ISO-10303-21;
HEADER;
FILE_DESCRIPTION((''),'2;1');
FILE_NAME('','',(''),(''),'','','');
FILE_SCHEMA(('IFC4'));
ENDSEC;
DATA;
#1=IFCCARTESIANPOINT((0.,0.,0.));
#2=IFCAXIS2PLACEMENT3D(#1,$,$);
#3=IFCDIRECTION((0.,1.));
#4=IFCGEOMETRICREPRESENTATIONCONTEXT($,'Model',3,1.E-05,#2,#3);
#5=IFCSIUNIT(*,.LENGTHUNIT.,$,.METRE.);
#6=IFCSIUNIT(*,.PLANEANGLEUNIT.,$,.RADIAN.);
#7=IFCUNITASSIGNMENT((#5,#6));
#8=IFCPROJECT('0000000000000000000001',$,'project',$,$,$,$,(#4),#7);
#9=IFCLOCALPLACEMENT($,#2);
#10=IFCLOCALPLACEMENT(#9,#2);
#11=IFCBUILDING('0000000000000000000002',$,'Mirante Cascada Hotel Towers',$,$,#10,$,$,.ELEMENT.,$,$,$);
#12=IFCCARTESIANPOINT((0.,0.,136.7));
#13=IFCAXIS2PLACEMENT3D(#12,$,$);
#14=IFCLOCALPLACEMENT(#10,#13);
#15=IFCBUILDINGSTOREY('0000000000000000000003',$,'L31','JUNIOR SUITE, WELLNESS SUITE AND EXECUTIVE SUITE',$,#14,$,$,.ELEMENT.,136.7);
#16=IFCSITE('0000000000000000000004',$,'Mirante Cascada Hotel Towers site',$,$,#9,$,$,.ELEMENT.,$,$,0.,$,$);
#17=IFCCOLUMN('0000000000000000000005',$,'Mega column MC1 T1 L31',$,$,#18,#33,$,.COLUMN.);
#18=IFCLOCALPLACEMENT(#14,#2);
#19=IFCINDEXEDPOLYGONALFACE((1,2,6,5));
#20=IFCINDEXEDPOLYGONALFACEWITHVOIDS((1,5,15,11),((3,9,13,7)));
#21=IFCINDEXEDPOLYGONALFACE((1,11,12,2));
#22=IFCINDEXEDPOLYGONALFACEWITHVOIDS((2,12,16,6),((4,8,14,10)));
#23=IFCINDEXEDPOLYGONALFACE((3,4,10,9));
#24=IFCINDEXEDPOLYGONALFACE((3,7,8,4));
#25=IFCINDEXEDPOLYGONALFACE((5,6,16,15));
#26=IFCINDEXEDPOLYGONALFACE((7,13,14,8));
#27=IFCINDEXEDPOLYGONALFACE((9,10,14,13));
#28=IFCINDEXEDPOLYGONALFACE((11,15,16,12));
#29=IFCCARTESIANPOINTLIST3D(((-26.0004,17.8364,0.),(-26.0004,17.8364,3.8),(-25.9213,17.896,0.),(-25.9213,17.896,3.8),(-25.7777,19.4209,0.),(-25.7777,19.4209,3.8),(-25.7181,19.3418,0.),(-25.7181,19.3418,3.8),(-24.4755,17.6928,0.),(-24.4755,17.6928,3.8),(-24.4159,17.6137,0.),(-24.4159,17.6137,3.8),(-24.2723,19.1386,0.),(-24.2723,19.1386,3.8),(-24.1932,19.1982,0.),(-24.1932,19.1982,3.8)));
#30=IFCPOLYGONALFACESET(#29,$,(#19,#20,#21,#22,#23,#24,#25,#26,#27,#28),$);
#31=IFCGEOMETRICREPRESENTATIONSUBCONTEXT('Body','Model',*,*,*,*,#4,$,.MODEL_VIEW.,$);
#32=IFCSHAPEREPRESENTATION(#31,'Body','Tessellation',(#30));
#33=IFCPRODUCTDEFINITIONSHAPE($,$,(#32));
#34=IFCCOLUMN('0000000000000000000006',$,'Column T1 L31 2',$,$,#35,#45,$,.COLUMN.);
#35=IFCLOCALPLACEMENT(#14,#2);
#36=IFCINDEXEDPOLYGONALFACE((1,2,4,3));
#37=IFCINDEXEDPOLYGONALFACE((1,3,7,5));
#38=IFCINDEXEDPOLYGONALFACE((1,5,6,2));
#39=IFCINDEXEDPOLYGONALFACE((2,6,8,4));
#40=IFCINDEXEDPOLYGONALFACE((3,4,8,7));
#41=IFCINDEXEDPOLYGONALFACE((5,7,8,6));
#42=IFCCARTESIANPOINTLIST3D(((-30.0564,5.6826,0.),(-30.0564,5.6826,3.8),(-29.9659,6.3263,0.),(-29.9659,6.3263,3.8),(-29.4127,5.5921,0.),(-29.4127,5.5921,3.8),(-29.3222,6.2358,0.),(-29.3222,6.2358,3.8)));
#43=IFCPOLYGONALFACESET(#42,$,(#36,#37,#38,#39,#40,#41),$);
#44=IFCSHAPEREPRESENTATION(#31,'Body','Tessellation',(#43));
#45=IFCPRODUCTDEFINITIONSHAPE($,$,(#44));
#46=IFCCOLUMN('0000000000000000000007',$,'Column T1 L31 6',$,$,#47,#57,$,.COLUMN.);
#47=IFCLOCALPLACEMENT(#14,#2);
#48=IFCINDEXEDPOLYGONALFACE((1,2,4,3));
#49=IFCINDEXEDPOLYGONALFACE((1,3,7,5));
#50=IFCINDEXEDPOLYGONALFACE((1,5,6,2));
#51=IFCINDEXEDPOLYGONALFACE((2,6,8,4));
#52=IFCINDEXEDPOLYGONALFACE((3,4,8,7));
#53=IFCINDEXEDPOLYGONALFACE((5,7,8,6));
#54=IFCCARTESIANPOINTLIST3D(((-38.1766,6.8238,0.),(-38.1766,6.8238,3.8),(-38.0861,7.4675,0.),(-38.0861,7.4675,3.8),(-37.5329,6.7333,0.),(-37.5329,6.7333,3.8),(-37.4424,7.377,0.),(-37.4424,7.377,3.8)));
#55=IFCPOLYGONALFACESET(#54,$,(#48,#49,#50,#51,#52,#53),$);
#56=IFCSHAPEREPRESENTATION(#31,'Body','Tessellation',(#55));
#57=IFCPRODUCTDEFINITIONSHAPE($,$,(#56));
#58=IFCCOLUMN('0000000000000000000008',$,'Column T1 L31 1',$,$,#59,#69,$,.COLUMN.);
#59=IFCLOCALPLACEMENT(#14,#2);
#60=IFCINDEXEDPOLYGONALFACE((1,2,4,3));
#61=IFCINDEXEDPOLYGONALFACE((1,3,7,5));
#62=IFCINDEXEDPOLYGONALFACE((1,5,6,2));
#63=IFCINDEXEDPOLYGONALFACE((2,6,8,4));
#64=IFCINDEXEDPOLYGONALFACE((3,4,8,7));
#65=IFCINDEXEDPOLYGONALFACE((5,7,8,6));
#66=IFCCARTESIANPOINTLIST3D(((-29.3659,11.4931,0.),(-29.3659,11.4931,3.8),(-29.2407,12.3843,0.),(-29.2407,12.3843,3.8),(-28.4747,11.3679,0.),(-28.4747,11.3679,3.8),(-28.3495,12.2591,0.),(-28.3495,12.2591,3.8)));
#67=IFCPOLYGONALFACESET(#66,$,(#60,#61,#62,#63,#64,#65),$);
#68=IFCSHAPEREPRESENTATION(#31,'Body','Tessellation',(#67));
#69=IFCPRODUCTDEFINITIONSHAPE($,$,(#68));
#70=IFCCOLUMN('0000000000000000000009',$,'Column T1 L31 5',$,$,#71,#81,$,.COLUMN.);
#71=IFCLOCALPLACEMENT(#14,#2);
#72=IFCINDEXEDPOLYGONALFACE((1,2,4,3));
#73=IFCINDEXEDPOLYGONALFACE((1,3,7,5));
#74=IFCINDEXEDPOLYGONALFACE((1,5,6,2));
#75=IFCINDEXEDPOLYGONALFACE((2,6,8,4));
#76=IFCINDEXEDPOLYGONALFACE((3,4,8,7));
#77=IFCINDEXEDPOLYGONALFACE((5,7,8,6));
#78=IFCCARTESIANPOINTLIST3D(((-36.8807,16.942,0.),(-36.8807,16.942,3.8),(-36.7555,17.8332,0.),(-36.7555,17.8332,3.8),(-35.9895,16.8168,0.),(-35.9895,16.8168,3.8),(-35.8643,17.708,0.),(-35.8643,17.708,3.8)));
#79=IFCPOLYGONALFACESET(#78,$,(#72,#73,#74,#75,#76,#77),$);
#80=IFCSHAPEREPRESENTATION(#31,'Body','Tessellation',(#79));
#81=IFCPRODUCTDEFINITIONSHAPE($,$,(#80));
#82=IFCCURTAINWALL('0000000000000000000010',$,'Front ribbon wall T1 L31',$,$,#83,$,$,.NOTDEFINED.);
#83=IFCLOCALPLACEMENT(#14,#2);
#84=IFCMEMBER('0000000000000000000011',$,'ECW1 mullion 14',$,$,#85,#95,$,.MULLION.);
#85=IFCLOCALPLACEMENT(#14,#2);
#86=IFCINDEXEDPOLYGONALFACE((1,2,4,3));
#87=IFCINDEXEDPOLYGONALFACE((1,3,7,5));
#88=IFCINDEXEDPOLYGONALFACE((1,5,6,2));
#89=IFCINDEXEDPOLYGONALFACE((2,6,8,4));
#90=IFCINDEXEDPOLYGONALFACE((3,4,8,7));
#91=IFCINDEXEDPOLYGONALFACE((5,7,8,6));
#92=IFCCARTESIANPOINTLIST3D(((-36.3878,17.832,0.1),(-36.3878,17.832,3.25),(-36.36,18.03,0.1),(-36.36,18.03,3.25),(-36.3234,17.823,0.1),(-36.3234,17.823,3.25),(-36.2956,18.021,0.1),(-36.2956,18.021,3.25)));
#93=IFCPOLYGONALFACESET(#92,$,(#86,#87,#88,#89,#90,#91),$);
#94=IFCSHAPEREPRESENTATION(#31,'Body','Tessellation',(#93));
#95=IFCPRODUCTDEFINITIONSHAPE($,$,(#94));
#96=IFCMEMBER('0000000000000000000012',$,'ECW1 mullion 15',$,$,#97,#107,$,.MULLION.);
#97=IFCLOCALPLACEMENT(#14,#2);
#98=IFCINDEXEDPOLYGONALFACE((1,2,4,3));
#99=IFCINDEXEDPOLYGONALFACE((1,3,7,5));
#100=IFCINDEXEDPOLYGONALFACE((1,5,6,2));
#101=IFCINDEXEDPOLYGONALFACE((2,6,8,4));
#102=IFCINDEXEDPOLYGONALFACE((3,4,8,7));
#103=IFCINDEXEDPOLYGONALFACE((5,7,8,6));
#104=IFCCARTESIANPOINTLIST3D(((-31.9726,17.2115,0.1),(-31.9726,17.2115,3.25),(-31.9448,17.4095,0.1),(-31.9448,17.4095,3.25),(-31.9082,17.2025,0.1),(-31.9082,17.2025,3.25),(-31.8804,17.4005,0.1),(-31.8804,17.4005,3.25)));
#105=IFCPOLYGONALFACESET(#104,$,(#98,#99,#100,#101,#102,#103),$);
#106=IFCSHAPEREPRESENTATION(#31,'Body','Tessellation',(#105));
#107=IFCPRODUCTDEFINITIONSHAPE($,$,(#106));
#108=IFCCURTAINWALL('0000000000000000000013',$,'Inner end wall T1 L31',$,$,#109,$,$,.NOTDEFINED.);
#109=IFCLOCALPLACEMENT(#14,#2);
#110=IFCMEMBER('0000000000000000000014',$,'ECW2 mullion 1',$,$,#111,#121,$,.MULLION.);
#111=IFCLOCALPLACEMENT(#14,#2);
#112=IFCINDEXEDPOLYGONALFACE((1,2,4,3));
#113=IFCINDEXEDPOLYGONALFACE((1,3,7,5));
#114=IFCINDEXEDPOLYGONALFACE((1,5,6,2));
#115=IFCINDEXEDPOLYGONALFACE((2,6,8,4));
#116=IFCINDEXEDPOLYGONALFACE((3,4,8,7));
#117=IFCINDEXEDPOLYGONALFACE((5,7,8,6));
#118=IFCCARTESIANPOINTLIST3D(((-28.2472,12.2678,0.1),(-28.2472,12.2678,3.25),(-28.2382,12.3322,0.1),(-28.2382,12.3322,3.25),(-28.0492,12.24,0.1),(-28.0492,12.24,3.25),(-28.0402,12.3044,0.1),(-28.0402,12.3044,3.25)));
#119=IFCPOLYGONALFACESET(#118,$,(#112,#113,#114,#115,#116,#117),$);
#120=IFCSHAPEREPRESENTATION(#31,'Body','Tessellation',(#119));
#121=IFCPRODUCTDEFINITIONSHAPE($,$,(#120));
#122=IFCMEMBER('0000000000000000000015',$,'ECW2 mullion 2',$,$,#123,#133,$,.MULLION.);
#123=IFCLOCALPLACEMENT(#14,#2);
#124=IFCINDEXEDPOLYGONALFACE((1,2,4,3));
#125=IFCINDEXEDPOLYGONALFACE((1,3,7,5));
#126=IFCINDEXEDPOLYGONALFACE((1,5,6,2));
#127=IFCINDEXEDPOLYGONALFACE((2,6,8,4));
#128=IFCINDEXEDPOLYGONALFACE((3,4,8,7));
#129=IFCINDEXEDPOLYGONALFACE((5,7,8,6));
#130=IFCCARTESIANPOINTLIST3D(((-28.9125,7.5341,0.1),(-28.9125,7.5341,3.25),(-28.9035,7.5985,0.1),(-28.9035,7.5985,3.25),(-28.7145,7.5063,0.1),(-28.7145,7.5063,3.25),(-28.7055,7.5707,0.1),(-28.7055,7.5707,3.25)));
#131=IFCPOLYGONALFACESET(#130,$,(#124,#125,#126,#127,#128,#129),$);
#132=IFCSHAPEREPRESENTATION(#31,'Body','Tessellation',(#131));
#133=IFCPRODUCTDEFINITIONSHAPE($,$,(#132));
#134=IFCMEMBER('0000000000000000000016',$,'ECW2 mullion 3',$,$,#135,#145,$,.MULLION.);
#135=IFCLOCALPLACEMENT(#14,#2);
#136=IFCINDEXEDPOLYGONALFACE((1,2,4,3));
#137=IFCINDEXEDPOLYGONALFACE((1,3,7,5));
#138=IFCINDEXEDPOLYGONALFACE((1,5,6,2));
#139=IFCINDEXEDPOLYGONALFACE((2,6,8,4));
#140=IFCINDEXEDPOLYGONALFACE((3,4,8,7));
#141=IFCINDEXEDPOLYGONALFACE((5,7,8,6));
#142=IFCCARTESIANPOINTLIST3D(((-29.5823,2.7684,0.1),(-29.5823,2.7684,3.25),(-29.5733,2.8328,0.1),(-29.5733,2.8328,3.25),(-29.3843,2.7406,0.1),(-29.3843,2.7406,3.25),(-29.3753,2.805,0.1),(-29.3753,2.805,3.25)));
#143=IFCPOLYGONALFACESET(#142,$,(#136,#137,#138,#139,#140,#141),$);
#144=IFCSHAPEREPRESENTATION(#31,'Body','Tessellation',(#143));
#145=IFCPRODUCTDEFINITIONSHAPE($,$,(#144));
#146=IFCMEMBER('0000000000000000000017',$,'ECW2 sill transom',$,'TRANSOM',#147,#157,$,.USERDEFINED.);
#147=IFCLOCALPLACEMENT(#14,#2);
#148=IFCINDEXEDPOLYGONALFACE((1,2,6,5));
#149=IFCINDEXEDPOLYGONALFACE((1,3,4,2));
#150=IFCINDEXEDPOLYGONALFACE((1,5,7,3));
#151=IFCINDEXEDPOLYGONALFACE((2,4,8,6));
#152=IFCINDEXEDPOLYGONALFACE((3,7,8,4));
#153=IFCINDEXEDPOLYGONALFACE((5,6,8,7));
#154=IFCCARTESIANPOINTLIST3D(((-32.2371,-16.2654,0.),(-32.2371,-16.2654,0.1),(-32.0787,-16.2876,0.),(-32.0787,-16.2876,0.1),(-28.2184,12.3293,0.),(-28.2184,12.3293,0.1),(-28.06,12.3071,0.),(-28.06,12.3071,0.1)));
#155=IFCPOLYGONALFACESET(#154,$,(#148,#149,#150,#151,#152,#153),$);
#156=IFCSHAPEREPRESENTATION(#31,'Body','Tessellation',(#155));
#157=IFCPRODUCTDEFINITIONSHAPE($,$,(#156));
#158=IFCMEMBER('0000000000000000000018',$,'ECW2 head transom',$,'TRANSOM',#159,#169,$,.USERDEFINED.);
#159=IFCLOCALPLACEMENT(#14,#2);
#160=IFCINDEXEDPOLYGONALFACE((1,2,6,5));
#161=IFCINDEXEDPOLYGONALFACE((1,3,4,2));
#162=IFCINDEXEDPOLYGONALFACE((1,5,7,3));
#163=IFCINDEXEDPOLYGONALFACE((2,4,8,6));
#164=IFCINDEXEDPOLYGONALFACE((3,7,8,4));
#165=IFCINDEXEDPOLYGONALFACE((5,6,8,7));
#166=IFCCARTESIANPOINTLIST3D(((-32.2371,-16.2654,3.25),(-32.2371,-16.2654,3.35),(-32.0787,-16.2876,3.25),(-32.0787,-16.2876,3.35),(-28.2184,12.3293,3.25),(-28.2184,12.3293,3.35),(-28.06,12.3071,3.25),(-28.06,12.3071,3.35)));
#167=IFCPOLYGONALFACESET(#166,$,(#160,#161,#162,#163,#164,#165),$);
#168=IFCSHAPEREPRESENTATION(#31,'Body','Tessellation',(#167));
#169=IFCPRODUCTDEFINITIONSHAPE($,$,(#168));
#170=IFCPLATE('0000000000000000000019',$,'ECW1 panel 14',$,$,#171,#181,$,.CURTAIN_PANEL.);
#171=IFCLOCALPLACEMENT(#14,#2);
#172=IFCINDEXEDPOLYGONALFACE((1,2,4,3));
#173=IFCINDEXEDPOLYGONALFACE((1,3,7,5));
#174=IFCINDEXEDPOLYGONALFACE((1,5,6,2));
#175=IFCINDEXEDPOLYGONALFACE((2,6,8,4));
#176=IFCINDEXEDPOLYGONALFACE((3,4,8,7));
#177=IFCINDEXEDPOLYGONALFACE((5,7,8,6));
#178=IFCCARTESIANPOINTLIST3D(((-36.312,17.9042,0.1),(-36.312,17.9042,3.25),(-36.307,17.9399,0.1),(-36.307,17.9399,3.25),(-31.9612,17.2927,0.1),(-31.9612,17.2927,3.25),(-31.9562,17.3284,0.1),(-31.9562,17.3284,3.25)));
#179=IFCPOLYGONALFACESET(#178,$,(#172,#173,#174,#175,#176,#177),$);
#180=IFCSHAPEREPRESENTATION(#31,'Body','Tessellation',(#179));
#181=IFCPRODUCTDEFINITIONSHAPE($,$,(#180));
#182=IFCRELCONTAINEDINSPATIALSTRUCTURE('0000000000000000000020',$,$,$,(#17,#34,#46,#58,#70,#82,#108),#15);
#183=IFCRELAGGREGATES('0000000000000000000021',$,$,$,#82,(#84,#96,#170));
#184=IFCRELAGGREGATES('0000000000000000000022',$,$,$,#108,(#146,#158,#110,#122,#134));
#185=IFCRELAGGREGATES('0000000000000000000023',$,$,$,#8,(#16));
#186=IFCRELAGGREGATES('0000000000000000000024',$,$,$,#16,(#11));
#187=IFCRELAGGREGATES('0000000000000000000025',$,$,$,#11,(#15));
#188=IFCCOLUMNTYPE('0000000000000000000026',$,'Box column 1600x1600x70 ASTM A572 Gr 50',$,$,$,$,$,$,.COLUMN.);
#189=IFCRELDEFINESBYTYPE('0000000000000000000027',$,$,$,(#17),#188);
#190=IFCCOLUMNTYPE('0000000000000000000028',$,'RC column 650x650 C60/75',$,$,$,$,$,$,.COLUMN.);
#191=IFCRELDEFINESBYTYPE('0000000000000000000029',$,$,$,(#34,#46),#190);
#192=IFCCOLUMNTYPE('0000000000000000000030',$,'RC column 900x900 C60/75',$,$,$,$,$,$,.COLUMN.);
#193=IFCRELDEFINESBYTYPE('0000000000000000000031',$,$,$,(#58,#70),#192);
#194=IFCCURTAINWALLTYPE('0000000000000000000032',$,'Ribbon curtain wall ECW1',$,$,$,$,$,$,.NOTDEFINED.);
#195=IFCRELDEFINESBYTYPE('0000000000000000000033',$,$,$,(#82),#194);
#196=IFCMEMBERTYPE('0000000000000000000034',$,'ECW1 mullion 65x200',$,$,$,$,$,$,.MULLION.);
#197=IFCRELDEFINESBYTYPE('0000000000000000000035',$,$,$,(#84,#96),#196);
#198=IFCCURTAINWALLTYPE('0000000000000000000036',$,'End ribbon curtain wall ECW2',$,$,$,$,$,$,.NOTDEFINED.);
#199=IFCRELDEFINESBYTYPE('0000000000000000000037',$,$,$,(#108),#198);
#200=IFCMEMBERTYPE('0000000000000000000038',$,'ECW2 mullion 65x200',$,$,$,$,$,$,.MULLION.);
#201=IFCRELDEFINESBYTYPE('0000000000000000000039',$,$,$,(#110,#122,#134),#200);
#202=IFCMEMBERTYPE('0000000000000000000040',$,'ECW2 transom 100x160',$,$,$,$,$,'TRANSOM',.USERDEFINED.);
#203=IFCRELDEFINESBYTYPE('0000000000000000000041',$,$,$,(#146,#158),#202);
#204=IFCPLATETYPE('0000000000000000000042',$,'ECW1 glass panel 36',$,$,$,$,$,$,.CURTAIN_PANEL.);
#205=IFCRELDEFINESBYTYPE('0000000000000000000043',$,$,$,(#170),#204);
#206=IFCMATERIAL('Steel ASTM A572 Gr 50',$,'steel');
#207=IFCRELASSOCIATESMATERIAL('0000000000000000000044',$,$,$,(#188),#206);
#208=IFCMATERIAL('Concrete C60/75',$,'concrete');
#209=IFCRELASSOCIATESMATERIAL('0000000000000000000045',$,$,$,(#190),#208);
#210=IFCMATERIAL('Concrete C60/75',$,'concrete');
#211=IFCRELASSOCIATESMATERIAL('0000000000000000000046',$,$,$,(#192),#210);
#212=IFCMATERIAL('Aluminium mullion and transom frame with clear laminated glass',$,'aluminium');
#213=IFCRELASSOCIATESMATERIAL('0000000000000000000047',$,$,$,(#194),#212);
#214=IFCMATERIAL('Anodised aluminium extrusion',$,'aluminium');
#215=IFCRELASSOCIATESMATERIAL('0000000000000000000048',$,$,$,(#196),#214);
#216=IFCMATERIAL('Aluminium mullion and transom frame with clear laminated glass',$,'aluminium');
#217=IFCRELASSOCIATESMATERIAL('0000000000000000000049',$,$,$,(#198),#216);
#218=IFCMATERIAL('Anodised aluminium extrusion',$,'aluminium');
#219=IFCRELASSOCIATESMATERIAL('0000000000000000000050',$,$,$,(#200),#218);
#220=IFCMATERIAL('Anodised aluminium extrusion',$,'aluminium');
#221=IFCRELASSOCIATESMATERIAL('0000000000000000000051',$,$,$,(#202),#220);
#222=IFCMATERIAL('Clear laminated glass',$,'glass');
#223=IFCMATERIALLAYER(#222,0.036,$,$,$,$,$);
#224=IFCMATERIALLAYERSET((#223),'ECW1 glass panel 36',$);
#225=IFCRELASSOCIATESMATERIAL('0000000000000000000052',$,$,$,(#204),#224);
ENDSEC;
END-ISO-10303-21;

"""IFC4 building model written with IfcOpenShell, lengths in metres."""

from ifc_helpers import new_model, si_unit, direction, frame, origin, origin_2d, place, context, subcontext, project, spatial, rectangle, hollow_rectangle, extrude, material, layer, layer_set, material_profile, profile_set, type_object, element, aggregate, save


model = new_model("IFC4")

# Units and contexts
model_context = context("Model", 3, precision=1e-05, world=origin(), true_north=direction((0.0, 1.0)))
body_context = subcontext(model_context, "Body", "Model", "MODEL_VIEW")
ifc_project = project(units=[si_unit("LENGTHUNIT", "METRE"), si_unit("PLANEANGLEUNIT", "RADIAN")], contexts=[model_context])

# Site, building, storey
site_placement = place(None, origin())
site = spatial("IfcSite", under=ifc_project, at=site_placement, Name="Mirante Cascada Hotel Towers site", CompositionType="ELEMENT", RefElevation=0.0)
building_placement = place(site_placement, origin())
building = spatial("IfcBuilding", under=site, at=building_placement, Name="Mirante Cascada Hotel Towers", CompositionType="ELEMENT")
storey_placement = place(building_placement, frame((0.0, 0.0, 136.7)))
storey = spatial("IfcBuildingStorey", under=building, at=storey_placement, Name="L31", Description="JUNIOR SUITE, WELLNESS SUITE AND EXECUTIVE SUITE", CompositionType="ELEMENT", Elevation=136.7)

# Columns
ifc_material_1 = material(Name="Steel ASTM A572 Gr 50", Category="steel")
ifc_material_profile_1 = material_profile(ifc_material_1, hollow_rectangle(XDim=1.6, YDim=1.6, WallThickness=0.07, at=origin_2d()), Name="Box column 1600x1600x70 ASTM A572 Gr 50")
ifc_profile_set_1 = profile_set([ifc_material_profile_1], Name="Steel ASTM A572 Gr 50")
column_type_1 = type_object("IfcColumnType", Name="Box column 1600x1600x70 ASTM A572 Gr 50", PredefinedType="COLUMN", material=ifc_profile_set_1)
column_placement = place(storey_placement, frame((-25.0968, 18.5173, 0.0), z_axis=(0.0, 0.0, 1.0), x_axis=(-0.990268, 0.139173, 0.0)))
element("IfcColumn", 1, at=column_placement, inside=storey, type_object=column_type_1, Name="Mega column MC1 T1 L31", PredefinedType="COLUMN", context=body_context, shape_type="SweptSolid", body=[
    extrude(hollow_rectangle(XDim=1.6, YDim=1.6, WallThickness=0.07, at=origin_2d()), origin(), (0.0, 0.0, 1.0), 3.8),
])
ifc_material_2 = material(Name="Concrete C60/75", Category="concrete")
ifc_material_profile_2 = material_profile(ifc_material_2, rectangle(XDim=0.65, YDim=0.65, at=origin_2d()), Name="RC column 650x650 C60/75")
ifc_profile_set_2 = profile_set([ifc_material_profile_2], Name="Concrete C60/75")
column_type_2 = type_object("IfcColumnType", Name="RC column 650x650 C60/75", PredefinedType="COLUMN", material=ifc_profile_set_2)
for number, where, z_axis, x_axis, name in (
    (2, (-29.6893, 5.9592, 0.0), (0.0, 0.0, 1.0), (-0.990268, 0.139173, 0.0), "Column T1 L31 2"),
    (3, (-37.8095, 7.1004, 0.0), (0.0, 0.0, 1.0), (-0.990268, 0.139173, 0.0), "Column T1 L31 6"),
):
    element("IfcColumn", number, at=place(storey_placement, frame(where, z_axis=z_axis, x_axis=x_axis)), inside=storey, type_object=column_type_2, Name=name, PredefinedType="COLUMN", context=body_context, shape_type="SweptSolid", body=[
        extrude(rectangle(XDim=0.65, YDim=0.65, at=origin_2d()), origin(), (0.0, 0.0, 1.0), 3.8),
    ])
ifc_material_3 = material(Name="Concrete C60/75", Category="concrete")
ifc_material_profile_3 = material_profile(ifc_material_3, rectangle(XDim=0.9, YDim=0.9, at=origin_2d()), Name="RC column 900x900 C60/75")
ifc_profile_set_3 = profile_set([ifc_material_profile_3], Name="Concrete C60/75")
column_type_3 = type_object("IfcColumnType", Name="RC column 900x900 C60/75", PredefinedType="COLUMN", material=ifc_profile_set_3)
for number, where, z_axis, x_axis, name in (
    (4, (-28.8577, 11.8761, 0.0), (0.0, 0.0, 1.0), (-0.990268, 0.139173, 0.0), "Column T1 L31 1"),
    (5, (-36.3725, 17.325, 0.0), (0.0, 0.0, 1.0), (-0.990268, 0.139173, 0.0), "Column T1 L31 5"),
):
    element("IfcColumn", number, at=place(storey_placement, frame(where, z_axis=z_axis, x_axis=x_axis)), inside=storey, type_object=column_type_3, Name=name, PredefinedType="COLUMN", context=body_context, shape_type="SweptSolid", body=[
        extrude(rectangle(XDim=0.9, YDim=0.9, at=origin_2d()), origin(), (0.0, 0.0, 1.0), 3.8),
    ])

# Curtain walls, members
ifc_material_4 = material(Name="Aluminium mullion and transom frame with clear laminated glass", Category="aluminium")
curtain_wall_type_1 = type_object("IfcCurtainWallType", Name="Ribbon curtain wall ECW1", PredefinedType="NOTDEFINED", material=ifc_material_4)
curtain_wall_1_placement = place(storey_placement, origin())
curtain_wall_1 = element("IfcCurtainWall", 6, at=curtain_wall_1_placement, inside=storey, type_object=curtain_wall_type_1, Name="Front ribbon wall T1 L31", PredefinedType="NOTDEFINED")
ifc_material_5 = material(Name="Anodised aluminium extrusion", Category="aluminium")
ifc_material_profile_4 = material_profile(ifc_material_5, rectangle(XDim=0.2, YDim=0.065, at=origin_2d()), Name="ECW1 MULLION 65x200")
ifc_profile_set_4 = profile_set([ifc_material_profile_4], Name="Anodised aluminium extrusion")
member_type_1 = type_object("IfcMemberType", Name="ECW1 mullion 65x200", PredefinedType="MULLION", material=ifc_profile_set_4)
member_1_placement = place(storey_placement, frame((-36.3417, 17.9265, 0.1), z_axis=(0.0, 0.0, 1.0), x_axis=(0.139173, 0.990268, 0.0)))
member_1 = element("IfcMember", 7, at=member_1_placement, type_object=member_type_1, Name="ECW1 mullion 14", PredefinedType="MULLION", context=body_context, shape_type="SweptSolid", body=[
    extrude(rectangle(XDim=0.2, YDim=0.065, at=origin_2d()), origin(), (0.0, 0.0, 1.0), 3.15),
])
member_2_placement = place(storey_placement, frame((-31.9265, 17.306, 0.1), z_axis=(0.0, 0.0, 1.0), x_axis=(0.139173, 0.990268, 0.0)))
member_2 = element("IfcMember", 8, at=member_2_placement, type_object=member_type_1, Name="ECW1 mullion 15", PredefinedType="MULLION", context=body_context, shape_type="SweptSolid", body=[
    extrude(rectangle(XDim=0.2, YDim=0.065, at=origin_2d()), origin(), (0.0, 0.0, 1.0), 3.15),
])
ifc_material_6 = material(Name="Aluminium mullion and transom frame with clear laminated glass", Category="aluminium")
curtain_wall_type_2 = type_object("IfcCurtainWallType", Name="End ribbon curtain wall ECW2", PredefinedType="NOTDEFINED", material=ifc_material_6)
curtain_wall_2_placement = place(storey_placement, origin())
curtain_wall_2 = element("IfcCurtainWall", 9, at=curtain_wall_2_placement, inside=storey, type_object=curtain_wall_type_2, Name="Inner end wall T1 L31", PredefinedType="NOTDEFINED")
ifc_material_7 = material(Name="Anodised aluminium extrusion", Category="aluminium")
ifc_material_profile_5 = material_profile(ifc_material_7, rectangle(XDim=0.2, YDim=0.065, at=origin_2d()), Name="ECW2 MULLION 65x200")
ifc_profile_set_5 = profile_set([ifc_material_profile_5], Name="Anodised aluminium extrusion")
member_type_2 = type_object("IfcMemberType", Name="ECW2 mullion 65x200", PredefinedType="MULLION", material=ifc_profile_set_5)
member_3_placement = place(storey_placement, frame((-28.1437, 12.2861, 0.1), z_axis=(0.0, 0.0, 1.0), x_axis=(0.990268, -0.139173, 0.0)))
member_3 = element("IfcMember", 10, at=member_3_placement, type_object=member_type_2, Name="ECW2 mullion 1", PredefinedType="MULLION", context=body_context, shape_type="SweptSolid", body=[
    extrude(rectangle(XDim=0.2, YDim=0.065, at=origin_2d()), origin(), (0.0, 0.0, 1.0), 3.15),
])
member_4_placement = place(storey_placement, frame((-28.809, 7.5524, 0.1), z_axis=(0.0, 0.0, 1.0), x_axis=(0.990268, -0.139173, 0.0)))
member_4 = element("IfcMember", 11, at=member_4_placement, type_object=member_type_2, Name="ECW2 mullion 2", PredefinedType="MULLION", context=body_context, shape_type="SweptSolid", body=[
    extrude(rectangle(XDim=0.2, YDim=0.065, at=origin_2d()), origin(), (0.0, 0.0, 1.0), 3.15),
])
member_5_placement = place(storey_placement, frame((-29.4788, 2.7867, 0.1), z_axis=(0.0, 0.0, 1.0), x_axis=(0.990268, -0.139173, 0.0)))
member_5 = element("IfcMember", 12, at=member_5_placement, type_object=member_type_2, Name="ECW2 mullion 3", PredefinedType="MULLION", context=body_context, shape_type="SweptSolid", body=[
    extrude(rectangle(XDim=0.2, YDim=0.065, at=origin_2d()), origin(), (0.0, 0.0, 1.0), 3.15),
])
ifc_material_8 = material(Name="Anodised aluminium extrusion", Category="aluminium")
ifc_material_profile_6 = material_profile(ifc_material_8, rectangle(XDim=0.16, YDim=0.1, at=origin_2d()), Name="ECW2 TRANSOM 100x160")
ifc_profile_set_6 = profile_set([ifc_material_profile_6], Name="Anodised aluminium extrusion")
member_type_3 = type_object("IfcMemberType", Name="ECW2 transom 100x160", ElementType="TRANSOM", PredefinedType="USERDEFINED", material=ifc_profile_set_6)
member_6_placement = place(storey_placement, frame((-28.1392, 12.3182, 0.05), z_axis=(-0.139172, -0.990268, 0.0), x_axis=(0.990268, -0.139172, 0.0)))
member_6 = element("IfcMember", 13, at=member_6_placement, type_object=member_type_3, Name="ECW2 sill transom", ObjectType="TRANSOM", PredefinedType="USERDEFINED", context=body_context, shape_type="SweptSolid", body=[
    extrude(rectangle(XDim=0.16, YDim=0.1, at=origin_2d()), origin(), (0.0, 0.0, 1.0), 28.8757),
])
member_7_placement = place(storey_placement, frame((-28.1392, 12.3182, 3.3), z_axis=(-0.139172, -0.990268, 0.0), x_axis=(0.990268, -0.139172, 0.0)))
member_7 = element("IfcMember", 14, at=member_7_placement, type_object=member_type_3, Name="ECW2 head transom", ObjectType="TRANSOM", PredefinedType="USERDEFINED", context=body_context, shape_type="SweptSolid", body=[
    extrude(rectangle(XDim=0.16, YDim=0.1, at=origin_2d()), origin(), (0.0, 0.0, 1.0), 28.8757),
])

# Plate
ifc_material_9 = material(Name="Clear laminated glass", Category="glass")
ifc_layer_1 = layer(ifc_material_9, 0.036)
ifc_layer_set_1 = layer_set([ifc_layer_1], Name="ECW1 glass panel 36")
plate_type_1 = type_object("IfcPlateType", Name="ECW1 glass panel 36", PredefinedType="CURTAIN_PANEL", material=ifc_layer_set_1)
plate_1_placement = place(storey_placement, frame((-34.1341, 17.6163, 0.1), z_axis=(0.0, 0.0, 1.0), x_axis=(0.990268, -0.139173, 0.0)))
plate_1 = element("IfcPlate", 15, at=plate_1_placement, type_object=plate_type_1, Name="ECW1 panel 14", PredefinedType="CURTAIN_PANEL", context=body_context, shape_type="SweptSolid", body=[
    extrude(rectangle(XDim=4.3936, YDim=0.036, at=origin_2d()), origin(), (0.0, 0.0, 1.0), 3.15),
])
aggregate(curtain_wall_1, [member_1, member_2, plate_1])
aggregate(curtain_wall_2, [member_6, member_7, member_3, member_4, member_5])

save(model, "model.ifc")
